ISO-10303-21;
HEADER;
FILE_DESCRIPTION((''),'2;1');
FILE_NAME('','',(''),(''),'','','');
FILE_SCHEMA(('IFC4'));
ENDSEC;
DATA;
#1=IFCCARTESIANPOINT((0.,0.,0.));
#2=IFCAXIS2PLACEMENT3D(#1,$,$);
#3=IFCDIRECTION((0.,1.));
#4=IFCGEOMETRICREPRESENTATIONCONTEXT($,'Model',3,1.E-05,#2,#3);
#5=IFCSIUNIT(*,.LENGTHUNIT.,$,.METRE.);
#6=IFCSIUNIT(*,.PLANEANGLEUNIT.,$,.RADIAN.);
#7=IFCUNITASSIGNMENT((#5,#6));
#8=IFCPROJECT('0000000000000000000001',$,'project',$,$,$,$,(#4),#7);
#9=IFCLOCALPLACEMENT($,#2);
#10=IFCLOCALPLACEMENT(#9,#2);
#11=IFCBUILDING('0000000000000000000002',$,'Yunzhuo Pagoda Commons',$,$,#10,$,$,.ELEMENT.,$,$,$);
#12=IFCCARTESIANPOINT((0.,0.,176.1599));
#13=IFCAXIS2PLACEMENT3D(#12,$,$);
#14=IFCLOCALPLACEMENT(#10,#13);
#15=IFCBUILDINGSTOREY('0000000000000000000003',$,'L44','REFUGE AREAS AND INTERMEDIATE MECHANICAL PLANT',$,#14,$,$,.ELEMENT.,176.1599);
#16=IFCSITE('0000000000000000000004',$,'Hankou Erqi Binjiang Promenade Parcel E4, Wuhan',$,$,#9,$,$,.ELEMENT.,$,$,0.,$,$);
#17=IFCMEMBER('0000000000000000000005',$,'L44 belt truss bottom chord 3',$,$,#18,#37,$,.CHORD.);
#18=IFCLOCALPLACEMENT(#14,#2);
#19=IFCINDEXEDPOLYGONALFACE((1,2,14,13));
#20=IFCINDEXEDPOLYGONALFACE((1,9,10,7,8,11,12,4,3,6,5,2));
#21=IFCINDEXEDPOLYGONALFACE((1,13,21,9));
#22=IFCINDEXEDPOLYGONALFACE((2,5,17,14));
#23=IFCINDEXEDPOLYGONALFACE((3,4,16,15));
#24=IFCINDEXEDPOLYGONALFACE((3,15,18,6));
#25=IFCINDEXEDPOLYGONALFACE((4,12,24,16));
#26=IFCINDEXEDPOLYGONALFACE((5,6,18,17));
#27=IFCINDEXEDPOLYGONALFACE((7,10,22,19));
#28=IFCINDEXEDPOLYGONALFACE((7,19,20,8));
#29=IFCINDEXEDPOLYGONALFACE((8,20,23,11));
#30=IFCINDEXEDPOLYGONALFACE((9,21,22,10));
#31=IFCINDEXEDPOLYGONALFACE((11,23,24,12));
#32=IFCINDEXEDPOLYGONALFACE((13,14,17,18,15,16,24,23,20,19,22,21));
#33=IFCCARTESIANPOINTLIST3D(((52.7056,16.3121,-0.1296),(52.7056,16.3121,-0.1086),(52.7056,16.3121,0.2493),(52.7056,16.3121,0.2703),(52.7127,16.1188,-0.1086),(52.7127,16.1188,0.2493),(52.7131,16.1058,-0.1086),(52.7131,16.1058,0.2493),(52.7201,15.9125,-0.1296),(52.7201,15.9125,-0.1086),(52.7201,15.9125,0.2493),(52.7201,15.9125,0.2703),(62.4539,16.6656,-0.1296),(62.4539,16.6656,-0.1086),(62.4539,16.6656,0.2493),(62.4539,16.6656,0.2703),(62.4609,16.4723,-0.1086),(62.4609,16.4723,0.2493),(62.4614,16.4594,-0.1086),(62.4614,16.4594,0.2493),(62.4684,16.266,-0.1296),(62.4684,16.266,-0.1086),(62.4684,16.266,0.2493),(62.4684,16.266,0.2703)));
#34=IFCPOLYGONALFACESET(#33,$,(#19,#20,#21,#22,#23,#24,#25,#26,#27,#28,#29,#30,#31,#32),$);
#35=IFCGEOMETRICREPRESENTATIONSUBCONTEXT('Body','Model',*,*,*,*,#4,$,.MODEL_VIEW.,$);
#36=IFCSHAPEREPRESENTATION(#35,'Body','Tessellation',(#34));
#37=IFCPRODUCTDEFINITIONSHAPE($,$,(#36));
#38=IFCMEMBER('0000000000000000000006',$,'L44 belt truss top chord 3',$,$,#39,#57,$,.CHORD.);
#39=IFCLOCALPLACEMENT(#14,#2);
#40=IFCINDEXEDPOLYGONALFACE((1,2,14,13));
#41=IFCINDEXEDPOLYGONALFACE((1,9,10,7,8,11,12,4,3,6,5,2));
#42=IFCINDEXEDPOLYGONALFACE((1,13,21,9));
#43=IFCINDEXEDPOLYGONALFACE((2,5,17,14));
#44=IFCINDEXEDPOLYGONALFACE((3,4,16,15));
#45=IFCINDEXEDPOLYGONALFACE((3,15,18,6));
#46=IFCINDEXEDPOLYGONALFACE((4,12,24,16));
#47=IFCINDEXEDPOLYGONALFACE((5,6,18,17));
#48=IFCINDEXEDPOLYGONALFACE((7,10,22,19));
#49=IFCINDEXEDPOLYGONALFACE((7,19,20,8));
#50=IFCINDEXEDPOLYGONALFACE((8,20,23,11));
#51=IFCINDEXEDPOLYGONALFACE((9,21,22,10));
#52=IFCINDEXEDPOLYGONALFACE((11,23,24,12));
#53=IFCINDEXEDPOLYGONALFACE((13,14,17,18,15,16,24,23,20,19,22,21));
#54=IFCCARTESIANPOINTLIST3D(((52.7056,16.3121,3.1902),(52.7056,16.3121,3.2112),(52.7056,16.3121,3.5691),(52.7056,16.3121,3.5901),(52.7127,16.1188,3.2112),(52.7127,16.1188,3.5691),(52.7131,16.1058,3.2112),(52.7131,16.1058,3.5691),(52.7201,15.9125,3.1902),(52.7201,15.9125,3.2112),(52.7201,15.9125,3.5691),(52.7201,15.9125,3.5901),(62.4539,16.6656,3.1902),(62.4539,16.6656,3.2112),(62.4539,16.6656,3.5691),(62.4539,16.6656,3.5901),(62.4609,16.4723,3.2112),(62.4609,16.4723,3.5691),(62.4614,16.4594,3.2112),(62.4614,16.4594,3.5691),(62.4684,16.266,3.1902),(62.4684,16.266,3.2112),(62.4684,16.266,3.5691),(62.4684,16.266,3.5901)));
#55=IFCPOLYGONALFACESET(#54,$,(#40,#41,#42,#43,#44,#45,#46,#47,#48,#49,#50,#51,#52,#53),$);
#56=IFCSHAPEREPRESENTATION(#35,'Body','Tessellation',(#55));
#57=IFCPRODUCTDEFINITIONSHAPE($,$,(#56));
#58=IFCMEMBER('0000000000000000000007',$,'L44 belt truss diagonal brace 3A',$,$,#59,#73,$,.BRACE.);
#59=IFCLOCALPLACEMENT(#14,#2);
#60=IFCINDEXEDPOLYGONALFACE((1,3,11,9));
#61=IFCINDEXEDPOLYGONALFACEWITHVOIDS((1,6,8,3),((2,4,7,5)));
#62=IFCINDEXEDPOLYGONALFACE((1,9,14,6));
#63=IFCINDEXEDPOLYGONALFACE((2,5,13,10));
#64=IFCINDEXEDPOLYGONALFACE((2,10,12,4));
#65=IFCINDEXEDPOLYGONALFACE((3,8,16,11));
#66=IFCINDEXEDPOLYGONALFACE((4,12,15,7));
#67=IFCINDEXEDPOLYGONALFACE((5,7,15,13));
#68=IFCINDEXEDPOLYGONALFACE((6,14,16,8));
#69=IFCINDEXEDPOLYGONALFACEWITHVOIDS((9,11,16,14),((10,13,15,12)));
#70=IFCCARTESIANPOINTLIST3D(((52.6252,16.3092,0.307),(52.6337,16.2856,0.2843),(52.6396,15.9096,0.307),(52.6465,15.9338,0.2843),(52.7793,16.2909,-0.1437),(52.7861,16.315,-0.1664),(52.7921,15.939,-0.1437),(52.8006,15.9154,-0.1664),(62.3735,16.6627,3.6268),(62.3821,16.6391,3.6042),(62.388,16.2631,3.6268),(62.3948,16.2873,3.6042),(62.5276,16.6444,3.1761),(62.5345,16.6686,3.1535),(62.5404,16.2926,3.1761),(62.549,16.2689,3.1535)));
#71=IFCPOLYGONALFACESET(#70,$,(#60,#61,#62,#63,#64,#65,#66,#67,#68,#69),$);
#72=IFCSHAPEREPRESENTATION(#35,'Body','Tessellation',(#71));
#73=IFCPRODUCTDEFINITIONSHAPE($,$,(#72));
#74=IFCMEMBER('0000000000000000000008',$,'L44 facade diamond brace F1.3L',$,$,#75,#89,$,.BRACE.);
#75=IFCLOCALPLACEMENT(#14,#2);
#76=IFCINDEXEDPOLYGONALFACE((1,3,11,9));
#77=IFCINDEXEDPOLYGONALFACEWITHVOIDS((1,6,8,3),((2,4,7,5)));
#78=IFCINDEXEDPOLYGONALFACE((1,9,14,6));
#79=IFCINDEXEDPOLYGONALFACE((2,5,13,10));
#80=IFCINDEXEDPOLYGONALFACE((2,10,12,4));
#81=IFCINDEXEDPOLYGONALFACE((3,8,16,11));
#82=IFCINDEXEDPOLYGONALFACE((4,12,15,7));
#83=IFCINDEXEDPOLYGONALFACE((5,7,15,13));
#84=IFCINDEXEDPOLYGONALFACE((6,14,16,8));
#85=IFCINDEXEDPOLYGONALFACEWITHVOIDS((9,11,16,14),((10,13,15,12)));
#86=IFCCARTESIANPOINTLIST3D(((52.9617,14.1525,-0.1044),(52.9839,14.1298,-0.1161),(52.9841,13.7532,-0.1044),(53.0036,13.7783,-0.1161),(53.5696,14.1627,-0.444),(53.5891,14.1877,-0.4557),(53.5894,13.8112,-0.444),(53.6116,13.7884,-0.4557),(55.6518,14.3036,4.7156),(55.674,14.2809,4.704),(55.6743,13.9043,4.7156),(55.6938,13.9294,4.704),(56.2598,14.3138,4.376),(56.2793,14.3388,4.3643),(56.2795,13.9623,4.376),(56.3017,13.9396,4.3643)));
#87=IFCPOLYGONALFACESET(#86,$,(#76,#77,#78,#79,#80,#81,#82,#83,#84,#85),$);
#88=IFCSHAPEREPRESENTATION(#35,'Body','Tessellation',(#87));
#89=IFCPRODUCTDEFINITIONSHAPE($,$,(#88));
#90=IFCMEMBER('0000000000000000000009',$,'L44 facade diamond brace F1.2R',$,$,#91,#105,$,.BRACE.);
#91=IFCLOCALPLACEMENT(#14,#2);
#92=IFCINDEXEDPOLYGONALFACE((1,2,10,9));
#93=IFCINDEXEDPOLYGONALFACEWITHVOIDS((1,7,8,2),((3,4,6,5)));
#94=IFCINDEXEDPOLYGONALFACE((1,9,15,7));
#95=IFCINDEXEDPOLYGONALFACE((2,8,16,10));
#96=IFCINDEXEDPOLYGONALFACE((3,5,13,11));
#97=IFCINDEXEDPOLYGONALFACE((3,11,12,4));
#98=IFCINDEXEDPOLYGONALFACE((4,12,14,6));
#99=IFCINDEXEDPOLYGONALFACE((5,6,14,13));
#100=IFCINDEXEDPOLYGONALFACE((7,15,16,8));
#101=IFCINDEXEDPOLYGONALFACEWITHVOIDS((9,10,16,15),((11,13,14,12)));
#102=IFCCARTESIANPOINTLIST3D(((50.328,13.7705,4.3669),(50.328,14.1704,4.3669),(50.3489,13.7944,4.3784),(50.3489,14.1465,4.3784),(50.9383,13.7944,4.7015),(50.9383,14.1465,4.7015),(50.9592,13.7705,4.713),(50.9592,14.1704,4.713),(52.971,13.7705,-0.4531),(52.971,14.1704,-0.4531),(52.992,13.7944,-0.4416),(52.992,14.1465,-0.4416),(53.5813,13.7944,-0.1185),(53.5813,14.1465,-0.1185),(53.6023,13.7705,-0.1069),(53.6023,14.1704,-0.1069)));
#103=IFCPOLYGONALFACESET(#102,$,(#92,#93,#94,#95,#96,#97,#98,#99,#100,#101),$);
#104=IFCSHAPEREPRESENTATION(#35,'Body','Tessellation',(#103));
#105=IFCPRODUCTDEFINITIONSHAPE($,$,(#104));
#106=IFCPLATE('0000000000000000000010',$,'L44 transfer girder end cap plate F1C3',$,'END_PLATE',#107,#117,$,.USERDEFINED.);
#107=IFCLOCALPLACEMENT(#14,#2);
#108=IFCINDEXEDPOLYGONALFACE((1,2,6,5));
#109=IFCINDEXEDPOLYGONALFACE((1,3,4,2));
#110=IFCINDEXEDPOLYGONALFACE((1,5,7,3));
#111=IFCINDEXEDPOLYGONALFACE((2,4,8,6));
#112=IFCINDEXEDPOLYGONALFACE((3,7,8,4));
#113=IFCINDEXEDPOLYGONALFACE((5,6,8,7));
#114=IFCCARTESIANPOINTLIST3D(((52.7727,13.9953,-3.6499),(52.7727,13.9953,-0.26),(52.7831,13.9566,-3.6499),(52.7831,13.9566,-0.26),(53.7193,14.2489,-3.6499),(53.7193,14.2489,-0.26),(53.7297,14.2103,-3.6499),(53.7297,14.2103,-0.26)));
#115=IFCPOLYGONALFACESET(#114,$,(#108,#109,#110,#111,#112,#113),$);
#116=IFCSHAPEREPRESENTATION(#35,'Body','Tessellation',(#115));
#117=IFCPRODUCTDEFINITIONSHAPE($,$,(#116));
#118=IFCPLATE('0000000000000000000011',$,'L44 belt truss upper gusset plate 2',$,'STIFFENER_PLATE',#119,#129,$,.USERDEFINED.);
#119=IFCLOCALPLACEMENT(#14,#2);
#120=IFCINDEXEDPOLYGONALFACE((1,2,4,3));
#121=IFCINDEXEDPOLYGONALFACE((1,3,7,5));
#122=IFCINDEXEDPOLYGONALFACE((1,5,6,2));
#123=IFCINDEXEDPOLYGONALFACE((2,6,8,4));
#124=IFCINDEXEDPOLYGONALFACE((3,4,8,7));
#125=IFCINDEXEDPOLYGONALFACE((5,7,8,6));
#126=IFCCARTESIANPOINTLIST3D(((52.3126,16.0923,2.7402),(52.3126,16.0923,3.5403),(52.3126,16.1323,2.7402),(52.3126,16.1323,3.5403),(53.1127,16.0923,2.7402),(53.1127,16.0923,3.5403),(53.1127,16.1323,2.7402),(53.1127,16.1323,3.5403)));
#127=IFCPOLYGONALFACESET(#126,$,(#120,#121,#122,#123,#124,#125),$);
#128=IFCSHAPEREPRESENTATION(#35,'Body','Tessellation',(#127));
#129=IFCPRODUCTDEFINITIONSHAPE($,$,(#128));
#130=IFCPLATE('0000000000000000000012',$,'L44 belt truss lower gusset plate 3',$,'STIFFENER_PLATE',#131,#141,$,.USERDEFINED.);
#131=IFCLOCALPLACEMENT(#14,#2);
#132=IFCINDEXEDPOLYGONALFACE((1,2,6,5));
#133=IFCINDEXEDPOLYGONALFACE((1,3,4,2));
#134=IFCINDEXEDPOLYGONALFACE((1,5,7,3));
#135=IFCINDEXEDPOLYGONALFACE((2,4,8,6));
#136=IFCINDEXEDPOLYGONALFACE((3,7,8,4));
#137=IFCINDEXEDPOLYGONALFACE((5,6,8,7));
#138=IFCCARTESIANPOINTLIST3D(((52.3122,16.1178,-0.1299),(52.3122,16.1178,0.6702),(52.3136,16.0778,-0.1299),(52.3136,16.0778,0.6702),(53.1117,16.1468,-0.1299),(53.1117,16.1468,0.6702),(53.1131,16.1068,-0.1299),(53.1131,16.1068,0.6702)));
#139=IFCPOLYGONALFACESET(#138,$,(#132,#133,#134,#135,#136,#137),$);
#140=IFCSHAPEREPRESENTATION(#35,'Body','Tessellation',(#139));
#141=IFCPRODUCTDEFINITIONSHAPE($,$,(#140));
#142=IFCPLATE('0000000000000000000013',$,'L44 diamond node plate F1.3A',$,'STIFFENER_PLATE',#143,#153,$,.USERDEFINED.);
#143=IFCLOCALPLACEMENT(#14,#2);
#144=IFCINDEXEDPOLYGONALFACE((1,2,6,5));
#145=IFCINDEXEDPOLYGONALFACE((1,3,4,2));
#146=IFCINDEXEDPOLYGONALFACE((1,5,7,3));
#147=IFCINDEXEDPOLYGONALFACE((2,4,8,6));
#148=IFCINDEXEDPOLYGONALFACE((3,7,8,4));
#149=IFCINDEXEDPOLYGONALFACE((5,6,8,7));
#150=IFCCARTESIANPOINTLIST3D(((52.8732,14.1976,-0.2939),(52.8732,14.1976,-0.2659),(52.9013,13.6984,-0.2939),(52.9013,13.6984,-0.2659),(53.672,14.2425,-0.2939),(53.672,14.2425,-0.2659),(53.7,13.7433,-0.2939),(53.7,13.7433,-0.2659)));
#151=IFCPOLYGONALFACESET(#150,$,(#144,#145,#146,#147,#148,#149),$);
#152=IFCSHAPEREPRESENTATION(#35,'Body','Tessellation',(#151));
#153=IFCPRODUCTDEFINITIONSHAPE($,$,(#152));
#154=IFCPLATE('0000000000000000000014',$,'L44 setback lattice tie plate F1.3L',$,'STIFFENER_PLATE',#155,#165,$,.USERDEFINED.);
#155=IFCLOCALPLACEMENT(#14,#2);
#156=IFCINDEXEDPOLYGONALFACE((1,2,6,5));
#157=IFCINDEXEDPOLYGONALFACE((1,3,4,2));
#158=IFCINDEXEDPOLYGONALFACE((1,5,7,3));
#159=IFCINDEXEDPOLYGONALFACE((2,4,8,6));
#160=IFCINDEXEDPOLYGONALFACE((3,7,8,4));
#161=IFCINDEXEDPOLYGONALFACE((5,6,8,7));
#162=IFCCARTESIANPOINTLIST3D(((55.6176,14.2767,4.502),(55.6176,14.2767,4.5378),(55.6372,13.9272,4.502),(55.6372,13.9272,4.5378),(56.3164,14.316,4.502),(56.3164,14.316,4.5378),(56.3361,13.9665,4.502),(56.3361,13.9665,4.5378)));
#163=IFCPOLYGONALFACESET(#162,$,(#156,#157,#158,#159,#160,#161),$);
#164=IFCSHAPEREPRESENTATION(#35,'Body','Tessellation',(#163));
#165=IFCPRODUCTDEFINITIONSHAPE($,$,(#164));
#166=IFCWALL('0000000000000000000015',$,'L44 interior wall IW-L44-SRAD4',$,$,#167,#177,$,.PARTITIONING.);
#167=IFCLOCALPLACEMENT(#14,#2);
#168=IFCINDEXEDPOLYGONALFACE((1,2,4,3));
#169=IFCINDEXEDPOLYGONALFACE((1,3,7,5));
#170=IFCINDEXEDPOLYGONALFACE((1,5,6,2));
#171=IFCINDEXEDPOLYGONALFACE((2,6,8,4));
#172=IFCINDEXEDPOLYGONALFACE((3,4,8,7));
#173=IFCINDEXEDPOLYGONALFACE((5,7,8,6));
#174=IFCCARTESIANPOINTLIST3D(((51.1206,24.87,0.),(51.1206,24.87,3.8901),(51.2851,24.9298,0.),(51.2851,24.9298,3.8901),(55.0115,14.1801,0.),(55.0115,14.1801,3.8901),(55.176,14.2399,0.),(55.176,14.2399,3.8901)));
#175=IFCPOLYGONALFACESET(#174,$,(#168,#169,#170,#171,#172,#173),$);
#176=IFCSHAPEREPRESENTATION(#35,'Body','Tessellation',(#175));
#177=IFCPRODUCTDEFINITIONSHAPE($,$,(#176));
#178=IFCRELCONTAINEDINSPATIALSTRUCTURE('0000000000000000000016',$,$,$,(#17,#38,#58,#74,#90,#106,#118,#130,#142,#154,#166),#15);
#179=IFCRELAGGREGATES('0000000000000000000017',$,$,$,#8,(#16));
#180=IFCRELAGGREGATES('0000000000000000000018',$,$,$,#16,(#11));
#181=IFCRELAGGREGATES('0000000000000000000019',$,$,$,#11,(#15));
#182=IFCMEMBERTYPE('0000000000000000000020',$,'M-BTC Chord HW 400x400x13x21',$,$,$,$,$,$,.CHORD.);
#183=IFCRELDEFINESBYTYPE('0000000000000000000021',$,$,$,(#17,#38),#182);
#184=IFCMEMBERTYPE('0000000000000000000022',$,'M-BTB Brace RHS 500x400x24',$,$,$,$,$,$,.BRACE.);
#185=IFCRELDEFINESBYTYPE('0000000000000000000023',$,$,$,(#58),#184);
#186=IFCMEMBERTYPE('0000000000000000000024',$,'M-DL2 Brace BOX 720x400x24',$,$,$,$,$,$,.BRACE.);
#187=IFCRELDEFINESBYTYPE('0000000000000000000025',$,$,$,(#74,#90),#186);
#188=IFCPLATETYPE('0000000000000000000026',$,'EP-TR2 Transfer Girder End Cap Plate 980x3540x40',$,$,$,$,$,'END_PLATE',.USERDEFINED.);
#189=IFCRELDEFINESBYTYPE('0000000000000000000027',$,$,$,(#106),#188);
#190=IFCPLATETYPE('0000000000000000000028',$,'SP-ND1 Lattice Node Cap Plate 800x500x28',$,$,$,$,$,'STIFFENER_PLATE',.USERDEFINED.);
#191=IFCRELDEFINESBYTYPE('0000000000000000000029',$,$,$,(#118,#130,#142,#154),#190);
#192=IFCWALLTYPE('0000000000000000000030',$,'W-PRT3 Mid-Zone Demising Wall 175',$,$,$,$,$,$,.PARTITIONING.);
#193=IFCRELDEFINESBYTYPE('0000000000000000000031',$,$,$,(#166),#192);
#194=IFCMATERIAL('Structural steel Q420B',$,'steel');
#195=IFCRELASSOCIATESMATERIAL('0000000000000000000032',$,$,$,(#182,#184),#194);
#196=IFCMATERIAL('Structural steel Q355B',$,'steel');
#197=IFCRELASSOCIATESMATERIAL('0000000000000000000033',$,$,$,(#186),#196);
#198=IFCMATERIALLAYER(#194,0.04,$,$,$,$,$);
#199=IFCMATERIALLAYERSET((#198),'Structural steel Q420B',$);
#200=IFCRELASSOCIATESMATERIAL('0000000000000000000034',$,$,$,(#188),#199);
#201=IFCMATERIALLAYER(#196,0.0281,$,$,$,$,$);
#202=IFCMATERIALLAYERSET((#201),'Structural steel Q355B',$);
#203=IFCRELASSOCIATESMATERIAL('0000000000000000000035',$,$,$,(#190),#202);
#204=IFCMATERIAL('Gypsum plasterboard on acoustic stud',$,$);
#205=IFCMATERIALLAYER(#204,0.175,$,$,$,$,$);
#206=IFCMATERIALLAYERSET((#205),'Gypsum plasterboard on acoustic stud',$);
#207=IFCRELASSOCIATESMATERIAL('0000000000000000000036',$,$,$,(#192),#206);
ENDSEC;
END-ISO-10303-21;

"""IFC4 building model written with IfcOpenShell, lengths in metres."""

from ifc_helpers import new_model, si_unit, direction, frame, frame_2d, origin, origin_2d, place, context, subcontext, project, spatial, rectangle, hollow_rectangle, i_section, extrude, source, transform, mapped, material, layer, layer_set, material_profile, profile_set, type_object, element, save


model = new_model("IFC4")

# Units and contexts
model_context = context("Model", 3, precision=1e-05, world=origin(), true_north=direction((0.0, 1.0)))
body_context = subcontext(model_context, "Body", "Model", "MODEL_VIEW")
ifc_project = project(units=[si_unit("LENGTHUNIT", "METRE"), si_unit("PLANEANGLEUNIT", "RADIAN")], contexts=[model_context])

# Site, building, storey
site_placement = place(None, origin())
site = spatial("IfcSite", under=ifc_project, at=site_placement, Name="Hankou Erqi Binjiang Promenade Parcel E4, Wuhan", CompositionType="ELEMENT", RefElevation=0.0)
building_placement = place(site_placement, origin())
building = spatial("IfcBuilding", under=site, at=building_placement, Name="Yunzhuo Pagoda Commons", CompositionType="ELEMENT")
storey_placement = place(building_placement, frame((0.0, 0.0, 176.1599)))
storey = spatial("IfcBuildingStorey", under=building, at=storey_placement, Name="L44", Description="REFUGE AREAS AND INTERMEDIATE MECHANICAL PLANT", CompositionType="ELEMENT", Elevation=176.1599)

# Shared definitions
ifc_material_1 = material(Name="Structural steel Q420B", Category="steel")

# Shared definitions
ifc_material_2 = material(Name="Structural steel Q355B", Category="steel")

# Members
ifc_material_profile_1 = material_profile(ifc_material_1, i_section(OverallWidth=0.3999, OverallDepth=0.3999, WebThickness=0.0129, FlangeThickness=0.021, at=origin_2d()), Name="Structural steel Q420B")
ifc_profile_set_1 = profile_set([ifc_material_profile_1], Name="Structural steel Q420B")
member_type_1 = type_object("IfcMemberType", Name="M-BTC Chord HW 400x400x13x21", PredefinedType="CHORD", material=ifc_profile_set_1)
shared_shape_1 = source(origin(), body_context, "Body", "SweptSolid", [
    extrude(i_section(OverallWidth=0.3999, OverallDepth=0.3999, WebThickness=0.0129, FlangeThickness=0.021, at=origin_2d()), origin(), (0.0, 0.0, 1.0), 9.7546),
])
for number, where, z_axis, x_axis, name in (
    (1, (52.7129, 16.1123, 0.0703), (0.999343, 0.036241, 0.0), (-0.036241, 0.999343, 0.0), "L44 belt truss bottom chord 3"),
    (2, (52.7129, 16.1123, 3.3901), (0.999343, 0.036241, 0.0), (-0.036241, 0.999343, 0.0), "L44 belt truss top chord 3"),
):
    element("IfcMember", number, at=place(storey_placement, frame(where, z_axis=z_axis, x_axis=x_axis)), inside=storey, type_object=member_type_1, Name=name, PredefinedType="CHORD", context=body_context, shape_type="MappedRepresentation", body=[
        mapped(shared_shape_1, transform((0.0, 0.0, 0.0), scale=1.0)),
    ])
ifc_material_profile_2 = material_profile(ifc_material_1, hollow_rectangle(XDim=0.3999, YDim=0.5, WallThickness=0.0239, at=origin_2d()), Name="Structural steel Q420B")
ifc_profile_set_2 = profile_set([ifc_material_profile_2], Name="Structural steel Q420B")
member_type_2 = type_object("IfcMemberType", Name="M-BTB Brace RHS 500x400x24", PredefinedType="BRACE", material=ifc_profile_set_2)
shared_shape_2 = source(origin(), body_context, "Body", "SweptSolid", [
    extrude(hollow_rectangle(XDim=0.3999, YDim=0.5, WallThickness=0.0239, at=origin_2d()), origin(), (0.0, 0.0, 1.0), 10.3042),
])
member_1_placement = place(storey_placement, frame((52.7129, 16.1123, 0.0703), z_axis=(0.946055, 0.034308, 0.322183), x_axis=(-0.036241, 0.999343, 0.0)))
element("IfcMember", 3, at=member_1_placement, inside=storey, type_object=member_type_2, Name="L44 belt truss diagonal brace 3A", PredefinedType="BRACE", context=body_context, shape_type="MappedRepresentation", body=[
    mapped(shared_shape_2, transform((0.0, 0.0, 0.0), scale=1.0)),
])
ifc_material_profile_3 = material_profile(ifc_material_2, hollow_rectangle(XDim=0.3999, YDim=0.72, WallThickness=0.0239, at=origin_2d()), Name="Structural steel Q355B")
ifc_profile_set_3 = profile_set([ifc_material_profile_3], Name="Structural steel Q355B")
member_type_3 = type_object("IfcMemberType", Name="M-DL2 Brace BOX 720x400x24", PredefinedType="BRACE", material=ifc_profile_set_3)
shared_shape_3 = source(origin(), body_context, "Body", "SweptSolid", [
    extrude(hollow_rectangle(XDim=0.3999, YDim=0.72, WallThickness=0.0239, at=origin_2d()), origin(), (0.0, 0.0, 1.0), 5.522),
])
member_2_placement = place(storey_placement, frame((53.2866, 13.9705, -0.28), z_axis=(0.487172, 0.027367, 0.872877), x_axis=(-0.056087, 0.998426, 0.0)))
element("IfcMember", 4, at=member_2_placement, inside=storey, type_object=member_type_3, Name="L44 facade diamond brace F1.3L", PredefinedType="BRACE", context=body_context, shape_type="MappedRepresentation", body=[
    mapped(shared_shape_3, transform((0.0, 0.0, 0.0), scale=1.0)),
])
shared_shape_4 = source(origin(), body_context, "Body", "SweptSolid", [
    extrude(hollow_rectangle(XDim=0.3999, YDim=0.72, WallThickness=0.0239, at=origin_2d()), origin(), (0.0, 0.0, 1.0), 5.4971),
])
member_3_placement = place(storey_placement, frame((53.2866, 13.9705, -0.28), z_axis=(-0.480805, 0.0, 0.876828), x_axis=(0.0, -1.0, 0.0)))
element("IfcMember", 5, at=member_3_placement, inside=storey, type_object=member_type_3, Name="L44 facade diamond brace F1.2R", PredefinedType="BRACE", context=body_context, shape_type="MappedRepresentation", body=[
    mapped(shared_shape_4, transform((0.0, 0.0, 0.0), scale=1.0)),
])

# Plates
ifc_layer_1 = layer(ifc_material_1, 0.04)
ifc_layer_set_1 = layer_set([ifc_layer_1], Name="Structural steel Q420B")
plate_type_1 = type_object("IfcPlateType", Name="EP-TR2 Transfer Girder End Cap Plate 980x3540x40", ElementType="END_PLATE", PredefinedType="USERDEFINED", material=ifc_layer_set_1)
shared_shape_5 = source(origin(), body_context, "Body", "SweptSolid", [
    extrude(rectangle(XDim=0.98, YDim=0.04, at=origin_2d()), origin(), (0.0, 0.0, 1.0), 3.3899),
])
plate_1_placement = place(storey_placement, frame((53.2512, 14.1028, -3.6499), z_axis=(0.0, 0.0, 1.0), x_axis=(0.965926, 0.258819, 0.0)))
element("IfcPlate", 6, at=plate_1_placement, inside=storey, type_object=plate_type_1, Name="L44 transfer girder end cap plate F1C3", ObjectType="END_PLATE", PredefinedType="USERDEFINED", context=body_context, shape_type="MappedRepresentation", body=[
    mapped(shared_shape_5, transform((0.0, 0.0, 0.0), scale=1.0)),
])
ifc_layer_2 = layer(ifc_material_2, 0.0281)
ifc_layer_set_2 = layer_set([ifc_layer_2], Name="Structural steel Q355B")
plate_type_2 = type_object("IfcPlateType", Name="SP-ND1 Lattice Node Cap Plate 800x500x28", ElementType="STIFFENER_PLATE", PredefinedType="USERDEFINED", material=ifc_layer_set_2)
shared_shape_6 = source(origin(), body_context, "Body", "SweptSolid", [
    extrude(rectangle(XDim=0.8, YDim=0.04, at=origin_2d()), origin(), (0.0, 0.0, 1.0), 0.8),
])
for number, where, z_axis, x_axis, name in (
    (7, (52.7126, 16.1123, 2.7402), (0.0, 0.0, 1.0), (1.0, 0.0, 0.0), "L44 belt truss upper gusset plate 2"),
    (8, (52.7126, 16.1123, -0.1299), (0.0, 0.0, 1.0), (0.999343, 0.036243, 0.0), "L44 belt truss lower gusset plate 3"),
):
    element("IfcPlate", number, at=place(storey_placement, frame(where, z_axis=z_axis, x_axis=x_axis)), inside=storey, type_object=plate_type_2, Name=name, ObjectType="STIFFENER_PLATE", PredefinedType="USERDEFINED", context=body_context, shape_type="MappedRepresentation", body=[
        mapped(shared_shape_6, transform((0.0, 0.0, 0.0), scale=1.0)),
    ])
shared_shape_7 = source(origin(), body_context, "Body", "SweptSolid", [
    extrude(rectangle(XDim=0.8, YDim=0.5, at=origin_2d()), origin(), (0.0, 0.0, 1.0), 0.0281),
])
plate_2_placement = place(storey_placement, frame((53.2866, 13.9705, -0.2939), z_axis=(0.0, 0.0, 1.0), x_axis=(0.998423, 0.056135, 0.0)))
element("IfcPlate", 9, at=plate_2_placement, inside=storey, type_object=plate_type_2, Name="L44 diamond node plate F1.3A", ObjectType="STIFFENER_PLATE", PredefinedType="USERDEFINED", context=body_context, shape_type="MappedRepresentation", body=[
    mapped(shared_shape_7, transform((0.0, 0.0, 0.0), scale=1.0)),
])
shared_shape_8 = source(origin(), body_context, "Body", "SweptSolid", [
    extrude(rectangle(XDim=0.7, YDim=0.3501, at=origin_2d()), origin(), (0.0, 0.0, 1.0), 0.0359),
])
plate_3_placement = place(storey_placement, frame((55.9768, 14.1216, 4.502), z_axis=(0.0, 0.0, 1.0), x_axis=(0.998423, 0.056135, 0.0)))
element("IfcPlate", 10, at=plate_3_placement, inside=storey, type_object=plate_type_2, Name="L44 setback lattice tie plate F1.3L", ObjectType="STIFFENER_PLATE", PredefinedType="USERDEFINED", context=body_context, shape_type="MappedRepresentation", body=[
    mapped(shared_shape_8, transform((0.0, 0.0, 0.0), scale=1.0)),
])

# Wall
ifc_material_3 = material(Name="Gypsum plasterboard on acoustic stud")
ifc_layer_3 = layer(ifc_material_3, 0.175)
ifc_layer_set_3 = layer_set([ifc_layer_3], Name="Gypsum plasterboard on acoustic stud")
wall_type = type_object("IfcWallType", Name="W-PRT3 Mid-Zone Demising Wall 175", PredefinedType="PARTITIONING", material=ifc_layer_set_3)
wall_placement = place(storey_placement, frame((51.2029, 24.8999, 0.0), z_axis=(0.0, 0.0, 1.0), x_axis=(0.342024, -0.939691, 0.0)))
element("IfcWall", 11, at=wall_placement, inside=storey, type_object=wall_type, Name="L44 interior wall IW-L44-SRAD4", PredefinedType="PARTITIONING", context=body_context, shape_type="SweptSolid", body=[
    extrude(rectangle(XDim=11.376, YDim=0.175, at=frame_2d((5.688, 0.0))), origin(), (0.0, 0.0, 1.0), 3.8901),
])

save(model, "model.ifc")
